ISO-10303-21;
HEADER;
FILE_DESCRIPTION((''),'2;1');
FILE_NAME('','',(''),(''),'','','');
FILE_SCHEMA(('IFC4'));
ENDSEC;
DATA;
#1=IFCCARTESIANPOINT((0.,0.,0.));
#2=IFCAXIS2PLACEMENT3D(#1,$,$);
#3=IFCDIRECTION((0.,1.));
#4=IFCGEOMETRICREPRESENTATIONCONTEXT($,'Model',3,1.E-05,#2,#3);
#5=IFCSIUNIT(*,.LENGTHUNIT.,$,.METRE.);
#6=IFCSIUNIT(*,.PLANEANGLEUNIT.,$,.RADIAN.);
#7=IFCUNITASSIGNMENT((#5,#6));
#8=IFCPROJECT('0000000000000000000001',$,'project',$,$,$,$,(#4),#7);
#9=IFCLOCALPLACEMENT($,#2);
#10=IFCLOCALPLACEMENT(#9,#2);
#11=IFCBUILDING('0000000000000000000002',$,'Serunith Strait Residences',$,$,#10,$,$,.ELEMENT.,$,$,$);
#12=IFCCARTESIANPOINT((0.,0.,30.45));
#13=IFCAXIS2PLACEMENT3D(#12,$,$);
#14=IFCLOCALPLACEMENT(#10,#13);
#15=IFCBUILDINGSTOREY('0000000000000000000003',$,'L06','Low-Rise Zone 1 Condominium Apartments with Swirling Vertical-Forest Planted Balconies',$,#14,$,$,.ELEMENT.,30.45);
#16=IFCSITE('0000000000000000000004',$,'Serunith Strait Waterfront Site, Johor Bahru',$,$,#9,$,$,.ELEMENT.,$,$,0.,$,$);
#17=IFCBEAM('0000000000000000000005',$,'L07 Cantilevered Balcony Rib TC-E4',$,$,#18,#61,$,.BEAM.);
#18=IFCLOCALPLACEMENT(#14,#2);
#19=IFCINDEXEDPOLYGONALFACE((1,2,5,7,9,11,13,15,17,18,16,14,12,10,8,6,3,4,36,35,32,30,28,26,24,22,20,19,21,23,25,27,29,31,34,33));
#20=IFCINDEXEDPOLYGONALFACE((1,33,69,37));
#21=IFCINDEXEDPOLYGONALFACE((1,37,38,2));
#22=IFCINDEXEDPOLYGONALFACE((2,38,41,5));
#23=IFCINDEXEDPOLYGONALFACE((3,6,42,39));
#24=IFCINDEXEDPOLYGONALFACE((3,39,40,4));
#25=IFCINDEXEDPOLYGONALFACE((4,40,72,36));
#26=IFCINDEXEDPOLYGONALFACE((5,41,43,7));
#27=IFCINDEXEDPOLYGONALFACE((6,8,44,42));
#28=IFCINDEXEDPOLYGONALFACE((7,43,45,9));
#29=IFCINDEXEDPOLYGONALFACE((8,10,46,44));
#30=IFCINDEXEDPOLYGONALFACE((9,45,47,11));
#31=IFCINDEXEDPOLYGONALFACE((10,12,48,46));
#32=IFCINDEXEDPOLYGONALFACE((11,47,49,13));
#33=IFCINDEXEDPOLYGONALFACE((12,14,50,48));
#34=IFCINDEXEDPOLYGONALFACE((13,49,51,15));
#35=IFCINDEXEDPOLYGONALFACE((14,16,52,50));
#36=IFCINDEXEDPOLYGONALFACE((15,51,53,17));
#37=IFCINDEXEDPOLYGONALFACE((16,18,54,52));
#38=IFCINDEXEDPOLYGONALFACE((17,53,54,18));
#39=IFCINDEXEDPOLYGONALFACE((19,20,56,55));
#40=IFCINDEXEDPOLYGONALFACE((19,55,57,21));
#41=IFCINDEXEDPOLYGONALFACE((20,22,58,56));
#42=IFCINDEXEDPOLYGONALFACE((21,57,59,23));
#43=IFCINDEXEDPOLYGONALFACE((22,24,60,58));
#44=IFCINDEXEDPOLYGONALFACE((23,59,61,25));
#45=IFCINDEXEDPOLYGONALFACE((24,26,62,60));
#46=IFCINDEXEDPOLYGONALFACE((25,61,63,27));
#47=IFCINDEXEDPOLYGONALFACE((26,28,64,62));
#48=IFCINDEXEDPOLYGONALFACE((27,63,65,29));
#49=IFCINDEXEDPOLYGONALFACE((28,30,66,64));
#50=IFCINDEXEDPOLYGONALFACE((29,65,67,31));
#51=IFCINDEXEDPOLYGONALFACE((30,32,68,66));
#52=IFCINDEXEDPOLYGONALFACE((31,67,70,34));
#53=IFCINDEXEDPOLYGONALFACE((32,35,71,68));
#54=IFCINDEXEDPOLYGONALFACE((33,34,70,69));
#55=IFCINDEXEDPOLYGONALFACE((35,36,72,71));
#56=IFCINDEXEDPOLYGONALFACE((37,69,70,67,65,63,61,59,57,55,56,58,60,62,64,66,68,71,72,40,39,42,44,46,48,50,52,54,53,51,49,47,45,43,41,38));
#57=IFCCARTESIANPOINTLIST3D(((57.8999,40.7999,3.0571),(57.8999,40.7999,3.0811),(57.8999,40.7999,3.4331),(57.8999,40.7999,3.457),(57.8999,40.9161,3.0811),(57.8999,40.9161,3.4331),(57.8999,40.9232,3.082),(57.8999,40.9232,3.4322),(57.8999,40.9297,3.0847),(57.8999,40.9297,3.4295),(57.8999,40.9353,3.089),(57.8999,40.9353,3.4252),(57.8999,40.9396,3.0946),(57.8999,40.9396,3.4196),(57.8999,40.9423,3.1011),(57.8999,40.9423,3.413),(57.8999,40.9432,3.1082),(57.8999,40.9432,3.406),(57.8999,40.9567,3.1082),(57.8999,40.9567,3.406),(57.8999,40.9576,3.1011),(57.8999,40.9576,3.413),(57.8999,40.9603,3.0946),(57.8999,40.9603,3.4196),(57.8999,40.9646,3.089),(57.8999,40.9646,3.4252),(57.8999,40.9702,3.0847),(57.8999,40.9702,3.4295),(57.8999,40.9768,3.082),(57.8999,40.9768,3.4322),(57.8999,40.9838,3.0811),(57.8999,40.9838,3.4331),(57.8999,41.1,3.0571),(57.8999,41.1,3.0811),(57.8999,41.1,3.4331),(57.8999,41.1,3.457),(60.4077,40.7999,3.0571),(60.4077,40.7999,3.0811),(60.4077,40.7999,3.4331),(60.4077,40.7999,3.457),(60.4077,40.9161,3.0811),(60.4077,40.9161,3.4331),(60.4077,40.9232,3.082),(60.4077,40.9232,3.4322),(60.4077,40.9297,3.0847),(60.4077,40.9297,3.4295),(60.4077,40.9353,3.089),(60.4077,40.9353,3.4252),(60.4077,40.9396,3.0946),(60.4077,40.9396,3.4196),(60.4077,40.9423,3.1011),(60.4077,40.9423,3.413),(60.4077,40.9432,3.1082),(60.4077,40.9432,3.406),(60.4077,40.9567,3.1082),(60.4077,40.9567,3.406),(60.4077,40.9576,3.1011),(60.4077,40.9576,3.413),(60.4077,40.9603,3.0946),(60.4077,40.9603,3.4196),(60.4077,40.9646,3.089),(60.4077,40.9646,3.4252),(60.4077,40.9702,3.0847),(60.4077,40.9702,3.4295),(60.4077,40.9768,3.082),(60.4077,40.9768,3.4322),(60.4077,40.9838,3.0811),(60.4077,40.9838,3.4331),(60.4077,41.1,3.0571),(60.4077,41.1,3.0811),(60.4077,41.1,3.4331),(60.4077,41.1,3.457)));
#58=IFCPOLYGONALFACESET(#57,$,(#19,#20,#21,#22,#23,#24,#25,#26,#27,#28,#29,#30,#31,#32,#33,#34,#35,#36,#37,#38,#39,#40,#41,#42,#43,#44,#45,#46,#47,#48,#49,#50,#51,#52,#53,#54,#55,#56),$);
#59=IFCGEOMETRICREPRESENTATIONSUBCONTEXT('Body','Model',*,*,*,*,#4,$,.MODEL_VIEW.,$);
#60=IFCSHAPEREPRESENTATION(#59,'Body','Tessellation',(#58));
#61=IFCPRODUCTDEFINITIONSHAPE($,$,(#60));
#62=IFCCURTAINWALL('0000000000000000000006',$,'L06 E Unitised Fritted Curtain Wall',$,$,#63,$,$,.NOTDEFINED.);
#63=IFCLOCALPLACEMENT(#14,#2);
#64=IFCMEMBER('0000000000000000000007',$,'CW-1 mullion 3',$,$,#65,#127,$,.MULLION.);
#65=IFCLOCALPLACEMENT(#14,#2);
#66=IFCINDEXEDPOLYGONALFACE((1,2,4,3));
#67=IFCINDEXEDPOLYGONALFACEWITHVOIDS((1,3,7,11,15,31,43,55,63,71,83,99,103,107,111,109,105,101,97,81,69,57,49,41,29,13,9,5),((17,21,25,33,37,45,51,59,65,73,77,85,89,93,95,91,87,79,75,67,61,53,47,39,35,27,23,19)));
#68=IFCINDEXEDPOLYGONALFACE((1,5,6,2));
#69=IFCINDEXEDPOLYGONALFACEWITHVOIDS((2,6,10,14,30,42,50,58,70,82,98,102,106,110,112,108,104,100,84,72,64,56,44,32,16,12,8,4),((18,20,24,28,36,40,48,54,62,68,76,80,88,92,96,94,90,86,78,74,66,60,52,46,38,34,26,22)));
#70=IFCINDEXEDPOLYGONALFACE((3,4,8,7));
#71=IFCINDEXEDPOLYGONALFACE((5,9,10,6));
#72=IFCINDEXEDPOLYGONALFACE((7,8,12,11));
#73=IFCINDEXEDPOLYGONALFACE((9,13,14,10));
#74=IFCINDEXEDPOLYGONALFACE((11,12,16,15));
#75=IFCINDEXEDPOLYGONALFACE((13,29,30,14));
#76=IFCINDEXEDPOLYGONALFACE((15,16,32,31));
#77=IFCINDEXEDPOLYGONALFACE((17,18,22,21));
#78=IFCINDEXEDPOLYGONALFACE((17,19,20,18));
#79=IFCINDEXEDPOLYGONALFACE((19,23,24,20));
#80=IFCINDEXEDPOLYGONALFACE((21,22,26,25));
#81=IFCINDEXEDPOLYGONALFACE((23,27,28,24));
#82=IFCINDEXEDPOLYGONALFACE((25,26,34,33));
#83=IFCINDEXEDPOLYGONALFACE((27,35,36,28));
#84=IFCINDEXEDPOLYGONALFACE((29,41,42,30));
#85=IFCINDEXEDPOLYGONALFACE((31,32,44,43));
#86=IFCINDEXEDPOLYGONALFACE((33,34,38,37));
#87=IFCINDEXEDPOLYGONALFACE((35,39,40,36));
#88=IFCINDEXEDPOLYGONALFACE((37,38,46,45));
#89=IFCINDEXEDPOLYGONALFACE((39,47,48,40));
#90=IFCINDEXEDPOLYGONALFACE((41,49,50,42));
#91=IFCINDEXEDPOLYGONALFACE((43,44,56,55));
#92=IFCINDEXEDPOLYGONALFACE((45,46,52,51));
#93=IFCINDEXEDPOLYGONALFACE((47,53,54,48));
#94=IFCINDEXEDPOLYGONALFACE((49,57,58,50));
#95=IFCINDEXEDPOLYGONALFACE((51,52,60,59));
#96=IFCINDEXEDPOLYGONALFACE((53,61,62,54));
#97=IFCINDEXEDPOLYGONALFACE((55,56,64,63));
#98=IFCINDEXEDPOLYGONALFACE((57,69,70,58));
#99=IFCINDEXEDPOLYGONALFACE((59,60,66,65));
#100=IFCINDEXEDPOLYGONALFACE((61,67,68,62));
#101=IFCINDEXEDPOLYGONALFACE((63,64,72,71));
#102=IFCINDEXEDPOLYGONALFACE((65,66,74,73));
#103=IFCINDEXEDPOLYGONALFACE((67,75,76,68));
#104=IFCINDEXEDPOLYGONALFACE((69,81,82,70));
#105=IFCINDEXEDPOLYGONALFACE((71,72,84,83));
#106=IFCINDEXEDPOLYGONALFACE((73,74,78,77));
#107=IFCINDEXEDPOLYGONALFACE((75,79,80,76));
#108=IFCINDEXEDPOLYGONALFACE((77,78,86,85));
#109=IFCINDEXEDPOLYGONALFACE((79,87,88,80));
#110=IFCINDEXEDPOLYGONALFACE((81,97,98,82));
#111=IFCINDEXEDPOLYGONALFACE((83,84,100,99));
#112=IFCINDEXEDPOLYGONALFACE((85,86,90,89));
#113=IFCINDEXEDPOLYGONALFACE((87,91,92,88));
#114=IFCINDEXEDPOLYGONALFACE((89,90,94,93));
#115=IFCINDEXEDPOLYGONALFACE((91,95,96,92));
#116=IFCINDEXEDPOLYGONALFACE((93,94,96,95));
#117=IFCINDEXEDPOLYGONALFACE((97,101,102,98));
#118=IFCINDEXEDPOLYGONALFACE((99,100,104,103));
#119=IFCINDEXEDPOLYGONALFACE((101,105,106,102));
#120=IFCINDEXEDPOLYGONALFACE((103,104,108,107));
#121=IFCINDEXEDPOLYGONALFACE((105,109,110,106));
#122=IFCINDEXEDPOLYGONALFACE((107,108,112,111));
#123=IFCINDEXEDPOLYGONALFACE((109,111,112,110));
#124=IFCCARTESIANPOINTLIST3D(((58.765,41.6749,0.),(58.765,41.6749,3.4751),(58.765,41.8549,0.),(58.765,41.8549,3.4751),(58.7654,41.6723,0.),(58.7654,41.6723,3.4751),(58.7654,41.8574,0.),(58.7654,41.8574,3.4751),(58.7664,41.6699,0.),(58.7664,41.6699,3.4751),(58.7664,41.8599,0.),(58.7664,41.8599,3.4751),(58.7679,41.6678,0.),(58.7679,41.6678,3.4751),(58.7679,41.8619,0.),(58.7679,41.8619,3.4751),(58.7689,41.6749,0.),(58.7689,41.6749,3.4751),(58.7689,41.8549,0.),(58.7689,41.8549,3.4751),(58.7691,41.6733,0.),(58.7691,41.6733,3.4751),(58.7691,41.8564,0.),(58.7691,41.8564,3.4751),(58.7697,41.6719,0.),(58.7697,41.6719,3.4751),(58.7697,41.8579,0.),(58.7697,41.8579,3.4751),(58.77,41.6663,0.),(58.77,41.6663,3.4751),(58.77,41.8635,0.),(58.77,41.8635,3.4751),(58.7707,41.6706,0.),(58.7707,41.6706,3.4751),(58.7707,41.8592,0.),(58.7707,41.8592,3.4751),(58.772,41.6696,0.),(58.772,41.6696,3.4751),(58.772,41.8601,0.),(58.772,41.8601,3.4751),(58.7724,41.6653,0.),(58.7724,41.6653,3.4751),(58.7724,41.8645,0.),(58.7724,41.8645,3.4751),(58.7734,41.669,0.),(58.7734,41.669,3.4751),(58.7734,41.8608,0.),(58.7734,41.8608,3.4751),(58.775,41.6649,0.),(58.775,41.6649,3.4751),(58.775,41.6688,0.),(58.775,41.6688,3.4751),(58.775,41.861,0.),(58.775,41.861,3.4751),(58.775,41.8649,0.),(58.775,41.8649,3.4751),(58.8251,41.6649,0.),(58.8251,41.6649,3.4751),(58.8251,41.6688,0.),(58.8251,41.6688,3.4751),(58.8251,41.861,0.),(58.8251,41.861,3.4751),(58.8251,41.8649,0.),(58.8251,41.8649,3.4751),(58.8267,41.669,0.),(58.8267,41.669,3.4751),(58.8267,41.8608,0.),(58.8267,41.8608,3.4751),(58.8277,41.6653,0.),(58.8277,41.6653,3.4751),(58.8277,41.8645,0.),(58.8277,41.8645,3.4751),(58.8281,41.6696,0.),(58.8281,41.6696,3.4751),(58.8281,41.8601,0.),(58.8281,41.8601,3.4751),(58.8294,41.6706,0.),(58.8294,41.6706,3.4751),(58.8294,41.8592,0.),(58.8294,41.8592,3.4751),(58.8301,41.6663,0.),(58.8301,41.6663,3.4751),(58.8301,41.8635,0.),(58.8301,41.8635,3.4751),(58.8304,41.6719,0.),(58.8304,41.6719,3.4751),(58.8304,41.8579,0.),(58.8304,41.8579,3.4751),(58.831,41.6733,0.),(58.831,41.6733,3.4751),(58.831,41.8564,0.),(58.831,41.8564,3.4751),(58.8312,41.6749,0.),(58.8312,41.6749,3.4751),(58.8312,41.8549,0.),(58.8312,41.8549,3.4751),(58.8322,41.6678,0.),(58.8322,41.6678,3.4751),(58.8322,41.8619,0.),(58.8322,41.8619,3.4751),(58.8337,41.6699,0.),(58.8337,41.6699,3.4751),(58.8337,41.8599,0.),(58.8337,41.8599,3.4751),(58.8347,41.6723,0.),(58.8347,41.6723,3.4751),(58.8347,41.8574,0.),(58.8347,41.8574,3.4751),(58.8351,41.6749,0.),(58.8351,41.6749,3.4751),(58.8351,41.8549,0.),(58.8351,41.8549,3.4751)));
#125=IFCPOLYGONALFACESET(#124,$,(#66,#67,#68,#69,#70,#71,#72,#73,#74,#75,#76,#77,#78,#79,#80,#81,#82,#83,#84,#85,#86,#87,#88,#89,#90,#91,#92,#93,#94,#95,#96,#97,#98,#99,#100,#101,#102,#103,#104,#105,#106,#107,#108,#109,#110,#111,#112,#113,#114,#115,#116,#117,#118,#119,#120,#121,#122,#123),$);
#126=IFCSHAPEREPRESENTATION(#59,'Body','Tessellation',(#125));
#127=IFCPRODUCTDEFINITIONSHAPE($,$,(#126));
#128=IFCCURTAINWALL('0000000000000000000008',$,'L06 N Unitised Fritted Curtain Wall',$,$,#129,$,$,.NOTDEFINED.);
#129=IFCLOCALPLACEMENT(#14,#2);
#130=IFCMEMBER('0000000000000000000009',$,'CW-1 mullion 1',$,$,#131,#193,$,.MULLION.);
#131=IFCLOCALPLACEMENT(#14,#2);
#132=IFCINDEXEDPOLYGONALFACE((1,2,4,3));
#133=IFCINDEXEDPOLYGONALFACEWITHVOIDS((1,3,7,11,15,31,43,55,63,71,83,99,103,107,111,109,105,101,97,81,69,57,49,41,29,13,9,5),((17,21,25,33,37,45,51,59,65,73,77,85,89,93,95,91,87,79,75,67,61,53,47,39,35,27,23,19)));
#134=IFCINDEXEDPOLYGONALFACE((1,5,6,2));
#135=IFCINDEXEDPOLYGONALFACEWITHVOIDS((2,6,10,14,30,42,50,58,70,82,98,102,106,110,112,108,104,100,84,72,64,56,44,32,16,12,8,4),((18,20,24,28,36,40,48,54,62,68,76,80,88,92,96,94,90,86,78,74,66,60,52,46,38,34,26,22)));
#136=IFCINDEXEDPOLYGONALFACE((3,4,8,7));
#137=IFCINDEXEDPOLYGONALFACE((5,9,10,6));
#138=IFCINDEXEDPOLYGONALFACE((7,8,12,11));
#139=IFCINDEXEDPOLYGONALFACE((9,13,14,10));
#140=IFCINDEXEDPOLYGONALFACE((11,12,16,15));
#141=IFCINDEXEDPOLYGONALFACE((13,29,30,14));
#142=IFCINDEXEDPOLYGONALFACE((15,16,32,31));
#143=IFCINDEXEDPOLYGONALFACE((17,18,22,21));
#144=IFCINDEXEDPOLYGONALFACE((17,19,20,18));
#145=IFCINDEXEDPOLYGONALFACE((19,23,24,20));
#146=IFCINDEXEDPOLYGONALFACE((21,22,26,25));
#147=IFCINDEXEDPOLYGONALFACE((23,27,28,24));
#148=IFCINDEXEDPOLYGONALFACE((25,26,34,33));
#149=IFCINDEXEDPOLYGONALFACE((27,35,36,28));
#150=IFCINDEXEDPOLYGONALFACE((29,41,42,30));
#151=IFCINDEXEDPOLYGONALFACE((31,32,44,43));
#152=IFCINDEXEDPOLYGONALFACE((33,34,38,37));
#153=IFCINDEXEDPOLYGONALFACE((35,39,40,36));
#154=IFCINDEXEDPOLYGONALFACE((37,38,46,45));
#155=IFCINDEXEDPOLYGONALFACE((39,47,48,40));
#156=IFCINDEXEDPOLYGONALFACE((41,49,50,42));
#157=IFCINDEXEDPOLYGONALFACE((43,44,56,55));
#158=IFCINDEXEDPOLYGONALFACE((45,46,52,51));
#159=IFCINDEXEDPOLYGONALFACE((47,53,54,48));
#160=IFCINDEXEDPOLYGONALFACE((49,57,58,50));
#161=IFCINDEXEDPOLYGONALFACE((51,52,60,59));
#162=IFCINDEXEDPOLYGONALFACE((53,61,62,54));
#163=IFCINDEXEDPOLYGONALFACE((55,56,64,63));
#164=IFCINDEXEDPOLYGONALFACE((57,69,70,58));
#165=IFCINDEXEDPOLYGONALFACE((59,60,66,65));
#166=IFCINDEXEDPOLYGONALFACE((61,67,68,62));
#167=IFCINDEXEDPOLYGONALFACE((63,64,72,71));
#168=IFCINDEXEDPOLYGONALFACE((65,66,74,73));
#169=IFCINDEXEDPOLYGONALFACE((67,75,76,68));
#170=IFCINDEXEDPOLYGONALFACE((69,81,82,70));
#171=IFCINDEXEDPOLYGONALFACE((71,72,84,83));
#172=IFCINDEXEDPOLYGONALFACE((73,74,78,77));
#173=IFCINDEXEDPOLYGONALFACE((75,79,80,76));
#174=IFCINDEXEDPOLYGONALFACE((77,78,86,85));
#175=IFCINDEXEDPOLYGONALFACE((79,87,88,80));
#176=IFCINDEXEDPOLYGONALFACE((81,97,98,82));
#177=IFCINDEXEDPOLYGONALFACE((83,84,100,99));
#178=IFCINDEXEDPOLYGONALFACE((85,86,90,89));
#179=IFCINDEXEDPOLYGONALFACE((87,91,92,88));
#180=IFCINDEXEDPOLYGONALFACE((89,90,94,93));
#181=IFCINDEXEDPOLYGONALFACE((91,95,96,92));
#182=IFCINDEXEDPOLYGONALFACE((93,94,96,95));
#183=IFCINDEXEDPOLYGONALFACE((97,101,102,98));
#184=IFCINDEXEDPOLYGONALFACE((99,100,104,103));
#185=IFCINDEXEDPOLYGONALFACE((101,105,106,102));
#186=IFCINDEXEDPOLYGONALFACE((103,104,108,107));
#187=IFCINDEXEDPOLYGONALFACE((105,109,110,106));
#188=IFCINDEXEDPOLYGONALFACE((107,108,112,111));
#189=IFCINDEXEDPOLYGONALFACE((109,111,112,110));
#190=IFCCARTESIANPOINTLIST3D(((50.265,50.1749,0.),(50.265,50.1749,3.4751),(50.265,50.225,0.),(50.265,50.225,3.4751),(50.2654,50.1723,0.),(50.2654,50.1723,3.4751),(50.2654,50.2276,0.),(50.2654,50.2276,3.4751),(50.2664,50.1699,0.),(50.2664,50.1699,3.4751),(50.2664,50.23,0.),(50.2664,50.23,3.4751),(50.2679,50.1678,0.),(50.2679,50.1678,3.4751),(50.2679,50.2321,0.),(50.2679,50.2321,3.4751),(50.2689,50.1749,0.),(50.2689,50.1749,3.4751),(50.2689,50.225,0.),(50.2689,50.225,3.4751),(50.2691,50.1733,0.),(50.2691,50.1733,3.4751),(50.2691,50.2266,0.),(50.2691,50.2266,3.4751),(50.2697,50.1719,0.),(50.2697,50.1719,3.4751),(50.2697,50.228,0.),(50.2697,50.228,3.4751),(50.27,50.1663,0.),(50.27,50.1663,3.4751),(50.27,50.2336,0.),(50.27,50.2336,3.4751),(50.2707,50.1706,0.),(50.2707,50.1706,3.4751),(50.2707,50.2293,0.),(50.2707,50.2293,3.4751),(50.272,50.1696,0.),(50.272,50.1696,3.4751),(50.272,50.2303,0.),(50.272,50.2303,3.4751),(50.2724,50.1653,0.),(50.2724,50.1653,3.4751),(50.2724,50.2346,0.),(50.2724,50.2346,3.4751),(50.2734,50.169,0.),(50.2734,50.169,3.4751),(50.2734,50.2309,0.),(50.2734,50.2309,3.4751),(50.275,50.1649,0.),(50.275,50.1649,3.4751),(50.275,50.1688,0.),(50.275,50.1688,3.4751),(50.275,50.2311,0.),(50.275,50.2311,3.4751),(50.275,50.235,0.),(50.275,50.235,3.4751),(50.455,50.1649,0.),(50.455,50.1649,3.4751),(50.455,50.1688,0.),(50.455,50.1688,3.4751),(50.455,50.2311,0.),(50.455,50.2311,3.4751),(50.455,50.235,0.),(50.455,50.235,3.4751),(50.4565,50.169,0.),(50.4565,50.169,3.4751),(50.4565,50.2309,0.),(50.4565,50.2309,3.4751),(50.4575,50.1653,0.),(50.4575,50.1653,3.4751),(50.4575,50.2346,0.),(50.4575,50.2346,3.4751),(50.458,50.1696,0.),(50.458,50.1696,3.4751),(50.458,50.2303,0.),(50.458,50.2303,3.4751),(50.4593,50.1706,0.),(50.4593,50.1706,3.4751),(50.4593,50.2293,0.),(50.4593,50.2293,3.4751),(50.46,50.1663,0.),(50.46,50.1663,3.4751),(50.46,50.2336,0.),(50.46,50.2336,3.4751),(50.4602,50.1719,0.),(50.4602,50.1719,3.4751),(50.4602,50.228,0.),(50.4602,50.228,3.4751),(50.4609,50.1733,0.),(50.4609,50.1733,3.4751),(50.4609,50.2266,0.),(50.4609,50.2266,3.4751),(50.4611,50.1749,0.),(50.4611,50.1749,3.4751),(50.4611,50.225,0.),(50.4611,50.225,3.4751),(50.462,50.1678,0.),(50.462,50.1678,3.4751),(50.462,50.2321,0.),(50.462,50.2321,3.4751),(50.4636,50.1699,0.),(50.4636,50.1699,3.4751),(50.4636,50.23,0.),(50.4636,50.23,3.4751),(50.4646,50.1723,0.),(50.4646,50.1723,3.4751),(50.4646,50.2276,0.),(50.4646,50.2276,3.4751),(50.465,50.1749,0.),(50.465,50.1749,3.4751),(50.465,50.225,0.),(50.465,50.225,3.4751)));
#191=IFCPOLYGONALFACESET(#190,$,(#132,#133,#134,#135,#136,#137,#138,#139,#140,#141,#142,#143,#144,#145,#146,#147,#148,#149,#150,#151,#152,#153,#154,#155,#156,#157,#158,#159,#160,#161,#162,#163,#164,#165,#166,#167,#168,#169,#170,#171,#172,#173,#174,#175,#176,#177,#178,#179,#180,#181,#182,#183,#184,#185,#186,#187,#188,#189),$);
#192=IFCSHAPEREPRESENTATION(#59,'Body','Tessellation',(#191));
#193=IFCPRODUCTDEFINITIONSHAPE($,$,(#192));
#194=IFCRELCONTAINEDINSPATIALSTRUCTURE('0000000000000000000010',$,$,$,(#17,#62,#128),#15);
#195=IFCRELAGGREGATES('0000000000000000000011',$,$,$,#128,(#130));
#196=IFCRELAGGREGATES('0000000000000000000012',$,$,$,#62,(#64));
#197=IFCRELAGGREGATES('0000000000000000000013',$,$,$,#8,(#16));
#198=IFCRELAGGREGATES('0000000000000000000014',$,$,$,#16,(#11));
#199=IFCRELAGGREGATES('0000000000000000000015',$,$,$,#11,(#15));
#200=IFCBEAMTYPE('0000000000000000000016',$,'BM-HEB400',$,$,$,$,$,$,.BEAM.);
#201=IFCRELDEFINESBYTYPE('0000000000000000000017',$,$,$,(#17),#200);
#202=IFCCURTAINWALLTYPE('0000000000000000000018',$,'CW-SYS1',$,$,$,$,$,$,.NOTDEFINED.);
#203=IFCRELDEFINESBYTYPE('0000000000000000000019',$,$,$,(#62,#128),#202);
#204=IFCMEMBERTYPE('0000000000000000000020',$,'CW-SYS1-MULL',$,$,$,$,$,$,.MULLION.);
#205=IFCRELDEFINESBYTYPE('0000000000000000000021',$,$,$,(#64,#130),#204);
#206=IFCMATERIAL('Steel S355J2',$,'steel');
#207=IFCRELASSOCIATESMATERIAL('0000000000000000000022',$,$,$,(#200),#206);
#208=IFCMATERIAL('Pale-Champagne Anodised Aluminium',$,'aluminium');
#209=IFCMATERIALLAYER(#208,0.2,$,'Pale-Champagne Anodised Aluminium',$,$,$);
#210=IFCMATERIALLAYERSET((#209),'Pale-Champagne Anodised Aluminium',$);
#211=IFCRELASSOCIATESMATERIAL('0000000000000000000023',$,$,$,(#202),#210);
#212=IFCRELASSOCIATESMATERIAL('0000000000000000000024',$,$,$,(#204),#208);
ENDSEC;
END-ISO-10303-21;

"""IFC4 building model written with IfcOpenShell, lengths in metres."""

from ifc_helpers import new_model, si_unit, direction, frame, origin, origin_2d, place, context, subcontext, project, spatial, hollow_rectangle, i_section, extrude, source, transform, mapped, material, layer, layer_set, material_profile, profile_set, type_object, element, aggregate, save


model = new_model("IFC4")

# Units and contexts
model_context = context("Model", 3, precision=1e-05, world=origin(), true_north=direction((0.0, 1.0)))
body_context = subcontext(model_context, "Body", "Model", "MODEL_VIEW")
ifc_project = project(units=[si_unit("LENGTHUNIT", "METRE"), si_unit("PLANEANGLEUNIT", "RADIAN")], contexts=[model_context])

# Site, building, storey
site_placement = place(None, origin())
site = spatial("IfcSite", under=ifc_project, at=site_placement, Name="Serunith Strait Waterfront Site, Johor Bahru", CompositionType="ELEMENT", RefElevation=0.0)
building_placement = place(site_placement, origin())
building = spatial("IfcBuilding", under=site, at=building_placement, Name="Serunith Strait Residences", CompositionType="ELEMENT")
storey_placement = place(building_placement, frame((0.0, 0.0, 30.45)))
storey = spatial("IfcBuildingStorey", under=building, at=storey_placement, Name="L06", Description="Low-Rise Zone 1 Condominium Apartments with Swirling Vertical-Forest Planted Balconies", CompositionType="ELEMENT", Elevation=30.45)

# Beam
ifc_material_1 = material(Name="Steel S355J2", Category="steel")
ifc_material_profile_1 = material_profile(ifc_material_1, i_section(OverallWidth=0.3, OverallDepth=0.3999, WebThickness=0.0134, FlangeThickness=0.0239, FilletRadius=0.0271, at=origin_2d()), Name="HEB 400")
ifc_profile_set_1 = profile_set([ifc_material_profile_1], Name="Steel S355J2")
beam_type_1 = type_object("IfcBeamType", Name="BM-HEB400", PredefinedType="BEAM", material=ifc_profile_set_1)
shared_shape_1 = source(origin(), body_context, "Body", "SweptSolid", [
    extrude(i_section(OverallWidth=0.3, OverallDepth=0.3999, WebThickness=0.0134, FlangeThickness=0.0239, FilletRadius=0.0271, at=origin_2d()), origin(), (0.0, 0.0, 1.0), 2.5078),
])
beam_1_placement = place(storey_placement, frame((57.8999, 40.95, 3.2571), z_axis=(1.0, 0.0, 0.0), x_axis=(0.0, 1.0, 0.0)))
element("IfcBeam", 1, at=beam_1_placement, inside=storey, type_object=beam_type_1, Name="L07 Cantilevered Balcony Rib TC-E4", PredefinedType="BEAM", context=body_context, shape_type="MappedRepresentation", body=[
    mapped(shared_shape_1, transform((0.0, 0.0, 0.0), scale=1.0)),
])

# Curtain wall, member
ifc_material_2 = material(Name="Pale-Champagne Anodised Aluminium", Category="aluminium")
ifc_layer_1 = layer(ifc_material_2, 0.2, Name="Pale-Champagne Anodised Aluminium")
ifc_layer_set_1 = layer_set([ifc_layer_1], Name="Pale-Champagne Anodised Aluminium")
curtain_wall_type = type_object("IfcCurtainWallType", Name="CW-SYS1", PredefinedType="NOTDEFINED", material=ifc_layer_set_1)
curtain_wall_1_placement = place(storey_placement, origin())
curtain_wall_1 = element("IfcCurtainWall", 2, at=curtain_wall_1_placement, inside=storey, type_object=curtain_wall_type, Name="L06 E Unitised Fritted Curtain Wall", PredefinedType="NOTDEFINED")
ifc_material_profile_2 = material_profile(ifc_material_2, hollow_rectangle(XDim=0.0701, YDim=0.2, WallThickness=0.0039, InnerFilletRadius=0.0061, OuterFilletRadius=0.01, at=origin_2d()), Name="ALU 200x70x4")
ifc_profile_set_2 = profile_set([ifc_material_profile_2], Name="Pale-Champagne Anodised Aluminium")
member_type_1 = type_object("IfcMemberType", Name="CW-SYS1-MULL", PredefinedType="MULLION", material=ifc_profile_set_2)
shared_shape_2 = source(origin(), body_context, "Body", "SweptSolid", [
    extrude(hollow_rectangle(XDim=0.0701, YDim=0.2, WallThickness=0.0039, InnerFilletRadius=0.0061, OuterFilletRadius=0.01, at=origin_2d()), origin(), (0.0, 0.0, 1.0), 3.4751),
])
member_1_placement = place(storey_placement, frame((58.8, 41.7649, 0.0), z_axis=(0.0, 0.0, 1.0), x_axis=(-1.0, 0.0, 0.0)))
member_1 = element("IfcMember", 3, at=member_1_placement, type_object=member_type_1, Name="CW-1 mullion 3", PredefinedType="MULLION", context=body_context, shape_type="MappedRepresentation", body=[
    mapped(shared_shape_2, transform((0.0, 0.0, 0.0), scale=1.0)),
])

# Curtain wall, member
curtain_wall_2_placement = place(storey_placement, origin())
curtain_wall_2 = element("IfcCurtainWall", 4, at=curtain_wall_2_placement, inside=storey, type_object=curtain_wall_type, Name="L06 N Unitised Fritted Curtain Wall", PredefinedType="NOTDEFINED")
member_2_placement = place(storey_placement, frame((50.365, 50.2, 0.0), z_axis=(0.0, 0.0, 1.0), x_axis=(0.0, -1.0, 0.0)))
member_2 = element("IfcMember", 5, at=member_2_placement, type_object=member_type_1, Name="CW-1 mullion 1", PredefinedType="MULLION", context=body_context, shape_type="MappedRepresentation", body=[
    mapped(shared_shape_2, transform((0.0, 0.0, 0.0), scale=1.0)),
])
aggregate(curtain_wall_2, [member_2])

aggregate(curtain_wall_1, [member_1])

save(model, "model.ifc")
